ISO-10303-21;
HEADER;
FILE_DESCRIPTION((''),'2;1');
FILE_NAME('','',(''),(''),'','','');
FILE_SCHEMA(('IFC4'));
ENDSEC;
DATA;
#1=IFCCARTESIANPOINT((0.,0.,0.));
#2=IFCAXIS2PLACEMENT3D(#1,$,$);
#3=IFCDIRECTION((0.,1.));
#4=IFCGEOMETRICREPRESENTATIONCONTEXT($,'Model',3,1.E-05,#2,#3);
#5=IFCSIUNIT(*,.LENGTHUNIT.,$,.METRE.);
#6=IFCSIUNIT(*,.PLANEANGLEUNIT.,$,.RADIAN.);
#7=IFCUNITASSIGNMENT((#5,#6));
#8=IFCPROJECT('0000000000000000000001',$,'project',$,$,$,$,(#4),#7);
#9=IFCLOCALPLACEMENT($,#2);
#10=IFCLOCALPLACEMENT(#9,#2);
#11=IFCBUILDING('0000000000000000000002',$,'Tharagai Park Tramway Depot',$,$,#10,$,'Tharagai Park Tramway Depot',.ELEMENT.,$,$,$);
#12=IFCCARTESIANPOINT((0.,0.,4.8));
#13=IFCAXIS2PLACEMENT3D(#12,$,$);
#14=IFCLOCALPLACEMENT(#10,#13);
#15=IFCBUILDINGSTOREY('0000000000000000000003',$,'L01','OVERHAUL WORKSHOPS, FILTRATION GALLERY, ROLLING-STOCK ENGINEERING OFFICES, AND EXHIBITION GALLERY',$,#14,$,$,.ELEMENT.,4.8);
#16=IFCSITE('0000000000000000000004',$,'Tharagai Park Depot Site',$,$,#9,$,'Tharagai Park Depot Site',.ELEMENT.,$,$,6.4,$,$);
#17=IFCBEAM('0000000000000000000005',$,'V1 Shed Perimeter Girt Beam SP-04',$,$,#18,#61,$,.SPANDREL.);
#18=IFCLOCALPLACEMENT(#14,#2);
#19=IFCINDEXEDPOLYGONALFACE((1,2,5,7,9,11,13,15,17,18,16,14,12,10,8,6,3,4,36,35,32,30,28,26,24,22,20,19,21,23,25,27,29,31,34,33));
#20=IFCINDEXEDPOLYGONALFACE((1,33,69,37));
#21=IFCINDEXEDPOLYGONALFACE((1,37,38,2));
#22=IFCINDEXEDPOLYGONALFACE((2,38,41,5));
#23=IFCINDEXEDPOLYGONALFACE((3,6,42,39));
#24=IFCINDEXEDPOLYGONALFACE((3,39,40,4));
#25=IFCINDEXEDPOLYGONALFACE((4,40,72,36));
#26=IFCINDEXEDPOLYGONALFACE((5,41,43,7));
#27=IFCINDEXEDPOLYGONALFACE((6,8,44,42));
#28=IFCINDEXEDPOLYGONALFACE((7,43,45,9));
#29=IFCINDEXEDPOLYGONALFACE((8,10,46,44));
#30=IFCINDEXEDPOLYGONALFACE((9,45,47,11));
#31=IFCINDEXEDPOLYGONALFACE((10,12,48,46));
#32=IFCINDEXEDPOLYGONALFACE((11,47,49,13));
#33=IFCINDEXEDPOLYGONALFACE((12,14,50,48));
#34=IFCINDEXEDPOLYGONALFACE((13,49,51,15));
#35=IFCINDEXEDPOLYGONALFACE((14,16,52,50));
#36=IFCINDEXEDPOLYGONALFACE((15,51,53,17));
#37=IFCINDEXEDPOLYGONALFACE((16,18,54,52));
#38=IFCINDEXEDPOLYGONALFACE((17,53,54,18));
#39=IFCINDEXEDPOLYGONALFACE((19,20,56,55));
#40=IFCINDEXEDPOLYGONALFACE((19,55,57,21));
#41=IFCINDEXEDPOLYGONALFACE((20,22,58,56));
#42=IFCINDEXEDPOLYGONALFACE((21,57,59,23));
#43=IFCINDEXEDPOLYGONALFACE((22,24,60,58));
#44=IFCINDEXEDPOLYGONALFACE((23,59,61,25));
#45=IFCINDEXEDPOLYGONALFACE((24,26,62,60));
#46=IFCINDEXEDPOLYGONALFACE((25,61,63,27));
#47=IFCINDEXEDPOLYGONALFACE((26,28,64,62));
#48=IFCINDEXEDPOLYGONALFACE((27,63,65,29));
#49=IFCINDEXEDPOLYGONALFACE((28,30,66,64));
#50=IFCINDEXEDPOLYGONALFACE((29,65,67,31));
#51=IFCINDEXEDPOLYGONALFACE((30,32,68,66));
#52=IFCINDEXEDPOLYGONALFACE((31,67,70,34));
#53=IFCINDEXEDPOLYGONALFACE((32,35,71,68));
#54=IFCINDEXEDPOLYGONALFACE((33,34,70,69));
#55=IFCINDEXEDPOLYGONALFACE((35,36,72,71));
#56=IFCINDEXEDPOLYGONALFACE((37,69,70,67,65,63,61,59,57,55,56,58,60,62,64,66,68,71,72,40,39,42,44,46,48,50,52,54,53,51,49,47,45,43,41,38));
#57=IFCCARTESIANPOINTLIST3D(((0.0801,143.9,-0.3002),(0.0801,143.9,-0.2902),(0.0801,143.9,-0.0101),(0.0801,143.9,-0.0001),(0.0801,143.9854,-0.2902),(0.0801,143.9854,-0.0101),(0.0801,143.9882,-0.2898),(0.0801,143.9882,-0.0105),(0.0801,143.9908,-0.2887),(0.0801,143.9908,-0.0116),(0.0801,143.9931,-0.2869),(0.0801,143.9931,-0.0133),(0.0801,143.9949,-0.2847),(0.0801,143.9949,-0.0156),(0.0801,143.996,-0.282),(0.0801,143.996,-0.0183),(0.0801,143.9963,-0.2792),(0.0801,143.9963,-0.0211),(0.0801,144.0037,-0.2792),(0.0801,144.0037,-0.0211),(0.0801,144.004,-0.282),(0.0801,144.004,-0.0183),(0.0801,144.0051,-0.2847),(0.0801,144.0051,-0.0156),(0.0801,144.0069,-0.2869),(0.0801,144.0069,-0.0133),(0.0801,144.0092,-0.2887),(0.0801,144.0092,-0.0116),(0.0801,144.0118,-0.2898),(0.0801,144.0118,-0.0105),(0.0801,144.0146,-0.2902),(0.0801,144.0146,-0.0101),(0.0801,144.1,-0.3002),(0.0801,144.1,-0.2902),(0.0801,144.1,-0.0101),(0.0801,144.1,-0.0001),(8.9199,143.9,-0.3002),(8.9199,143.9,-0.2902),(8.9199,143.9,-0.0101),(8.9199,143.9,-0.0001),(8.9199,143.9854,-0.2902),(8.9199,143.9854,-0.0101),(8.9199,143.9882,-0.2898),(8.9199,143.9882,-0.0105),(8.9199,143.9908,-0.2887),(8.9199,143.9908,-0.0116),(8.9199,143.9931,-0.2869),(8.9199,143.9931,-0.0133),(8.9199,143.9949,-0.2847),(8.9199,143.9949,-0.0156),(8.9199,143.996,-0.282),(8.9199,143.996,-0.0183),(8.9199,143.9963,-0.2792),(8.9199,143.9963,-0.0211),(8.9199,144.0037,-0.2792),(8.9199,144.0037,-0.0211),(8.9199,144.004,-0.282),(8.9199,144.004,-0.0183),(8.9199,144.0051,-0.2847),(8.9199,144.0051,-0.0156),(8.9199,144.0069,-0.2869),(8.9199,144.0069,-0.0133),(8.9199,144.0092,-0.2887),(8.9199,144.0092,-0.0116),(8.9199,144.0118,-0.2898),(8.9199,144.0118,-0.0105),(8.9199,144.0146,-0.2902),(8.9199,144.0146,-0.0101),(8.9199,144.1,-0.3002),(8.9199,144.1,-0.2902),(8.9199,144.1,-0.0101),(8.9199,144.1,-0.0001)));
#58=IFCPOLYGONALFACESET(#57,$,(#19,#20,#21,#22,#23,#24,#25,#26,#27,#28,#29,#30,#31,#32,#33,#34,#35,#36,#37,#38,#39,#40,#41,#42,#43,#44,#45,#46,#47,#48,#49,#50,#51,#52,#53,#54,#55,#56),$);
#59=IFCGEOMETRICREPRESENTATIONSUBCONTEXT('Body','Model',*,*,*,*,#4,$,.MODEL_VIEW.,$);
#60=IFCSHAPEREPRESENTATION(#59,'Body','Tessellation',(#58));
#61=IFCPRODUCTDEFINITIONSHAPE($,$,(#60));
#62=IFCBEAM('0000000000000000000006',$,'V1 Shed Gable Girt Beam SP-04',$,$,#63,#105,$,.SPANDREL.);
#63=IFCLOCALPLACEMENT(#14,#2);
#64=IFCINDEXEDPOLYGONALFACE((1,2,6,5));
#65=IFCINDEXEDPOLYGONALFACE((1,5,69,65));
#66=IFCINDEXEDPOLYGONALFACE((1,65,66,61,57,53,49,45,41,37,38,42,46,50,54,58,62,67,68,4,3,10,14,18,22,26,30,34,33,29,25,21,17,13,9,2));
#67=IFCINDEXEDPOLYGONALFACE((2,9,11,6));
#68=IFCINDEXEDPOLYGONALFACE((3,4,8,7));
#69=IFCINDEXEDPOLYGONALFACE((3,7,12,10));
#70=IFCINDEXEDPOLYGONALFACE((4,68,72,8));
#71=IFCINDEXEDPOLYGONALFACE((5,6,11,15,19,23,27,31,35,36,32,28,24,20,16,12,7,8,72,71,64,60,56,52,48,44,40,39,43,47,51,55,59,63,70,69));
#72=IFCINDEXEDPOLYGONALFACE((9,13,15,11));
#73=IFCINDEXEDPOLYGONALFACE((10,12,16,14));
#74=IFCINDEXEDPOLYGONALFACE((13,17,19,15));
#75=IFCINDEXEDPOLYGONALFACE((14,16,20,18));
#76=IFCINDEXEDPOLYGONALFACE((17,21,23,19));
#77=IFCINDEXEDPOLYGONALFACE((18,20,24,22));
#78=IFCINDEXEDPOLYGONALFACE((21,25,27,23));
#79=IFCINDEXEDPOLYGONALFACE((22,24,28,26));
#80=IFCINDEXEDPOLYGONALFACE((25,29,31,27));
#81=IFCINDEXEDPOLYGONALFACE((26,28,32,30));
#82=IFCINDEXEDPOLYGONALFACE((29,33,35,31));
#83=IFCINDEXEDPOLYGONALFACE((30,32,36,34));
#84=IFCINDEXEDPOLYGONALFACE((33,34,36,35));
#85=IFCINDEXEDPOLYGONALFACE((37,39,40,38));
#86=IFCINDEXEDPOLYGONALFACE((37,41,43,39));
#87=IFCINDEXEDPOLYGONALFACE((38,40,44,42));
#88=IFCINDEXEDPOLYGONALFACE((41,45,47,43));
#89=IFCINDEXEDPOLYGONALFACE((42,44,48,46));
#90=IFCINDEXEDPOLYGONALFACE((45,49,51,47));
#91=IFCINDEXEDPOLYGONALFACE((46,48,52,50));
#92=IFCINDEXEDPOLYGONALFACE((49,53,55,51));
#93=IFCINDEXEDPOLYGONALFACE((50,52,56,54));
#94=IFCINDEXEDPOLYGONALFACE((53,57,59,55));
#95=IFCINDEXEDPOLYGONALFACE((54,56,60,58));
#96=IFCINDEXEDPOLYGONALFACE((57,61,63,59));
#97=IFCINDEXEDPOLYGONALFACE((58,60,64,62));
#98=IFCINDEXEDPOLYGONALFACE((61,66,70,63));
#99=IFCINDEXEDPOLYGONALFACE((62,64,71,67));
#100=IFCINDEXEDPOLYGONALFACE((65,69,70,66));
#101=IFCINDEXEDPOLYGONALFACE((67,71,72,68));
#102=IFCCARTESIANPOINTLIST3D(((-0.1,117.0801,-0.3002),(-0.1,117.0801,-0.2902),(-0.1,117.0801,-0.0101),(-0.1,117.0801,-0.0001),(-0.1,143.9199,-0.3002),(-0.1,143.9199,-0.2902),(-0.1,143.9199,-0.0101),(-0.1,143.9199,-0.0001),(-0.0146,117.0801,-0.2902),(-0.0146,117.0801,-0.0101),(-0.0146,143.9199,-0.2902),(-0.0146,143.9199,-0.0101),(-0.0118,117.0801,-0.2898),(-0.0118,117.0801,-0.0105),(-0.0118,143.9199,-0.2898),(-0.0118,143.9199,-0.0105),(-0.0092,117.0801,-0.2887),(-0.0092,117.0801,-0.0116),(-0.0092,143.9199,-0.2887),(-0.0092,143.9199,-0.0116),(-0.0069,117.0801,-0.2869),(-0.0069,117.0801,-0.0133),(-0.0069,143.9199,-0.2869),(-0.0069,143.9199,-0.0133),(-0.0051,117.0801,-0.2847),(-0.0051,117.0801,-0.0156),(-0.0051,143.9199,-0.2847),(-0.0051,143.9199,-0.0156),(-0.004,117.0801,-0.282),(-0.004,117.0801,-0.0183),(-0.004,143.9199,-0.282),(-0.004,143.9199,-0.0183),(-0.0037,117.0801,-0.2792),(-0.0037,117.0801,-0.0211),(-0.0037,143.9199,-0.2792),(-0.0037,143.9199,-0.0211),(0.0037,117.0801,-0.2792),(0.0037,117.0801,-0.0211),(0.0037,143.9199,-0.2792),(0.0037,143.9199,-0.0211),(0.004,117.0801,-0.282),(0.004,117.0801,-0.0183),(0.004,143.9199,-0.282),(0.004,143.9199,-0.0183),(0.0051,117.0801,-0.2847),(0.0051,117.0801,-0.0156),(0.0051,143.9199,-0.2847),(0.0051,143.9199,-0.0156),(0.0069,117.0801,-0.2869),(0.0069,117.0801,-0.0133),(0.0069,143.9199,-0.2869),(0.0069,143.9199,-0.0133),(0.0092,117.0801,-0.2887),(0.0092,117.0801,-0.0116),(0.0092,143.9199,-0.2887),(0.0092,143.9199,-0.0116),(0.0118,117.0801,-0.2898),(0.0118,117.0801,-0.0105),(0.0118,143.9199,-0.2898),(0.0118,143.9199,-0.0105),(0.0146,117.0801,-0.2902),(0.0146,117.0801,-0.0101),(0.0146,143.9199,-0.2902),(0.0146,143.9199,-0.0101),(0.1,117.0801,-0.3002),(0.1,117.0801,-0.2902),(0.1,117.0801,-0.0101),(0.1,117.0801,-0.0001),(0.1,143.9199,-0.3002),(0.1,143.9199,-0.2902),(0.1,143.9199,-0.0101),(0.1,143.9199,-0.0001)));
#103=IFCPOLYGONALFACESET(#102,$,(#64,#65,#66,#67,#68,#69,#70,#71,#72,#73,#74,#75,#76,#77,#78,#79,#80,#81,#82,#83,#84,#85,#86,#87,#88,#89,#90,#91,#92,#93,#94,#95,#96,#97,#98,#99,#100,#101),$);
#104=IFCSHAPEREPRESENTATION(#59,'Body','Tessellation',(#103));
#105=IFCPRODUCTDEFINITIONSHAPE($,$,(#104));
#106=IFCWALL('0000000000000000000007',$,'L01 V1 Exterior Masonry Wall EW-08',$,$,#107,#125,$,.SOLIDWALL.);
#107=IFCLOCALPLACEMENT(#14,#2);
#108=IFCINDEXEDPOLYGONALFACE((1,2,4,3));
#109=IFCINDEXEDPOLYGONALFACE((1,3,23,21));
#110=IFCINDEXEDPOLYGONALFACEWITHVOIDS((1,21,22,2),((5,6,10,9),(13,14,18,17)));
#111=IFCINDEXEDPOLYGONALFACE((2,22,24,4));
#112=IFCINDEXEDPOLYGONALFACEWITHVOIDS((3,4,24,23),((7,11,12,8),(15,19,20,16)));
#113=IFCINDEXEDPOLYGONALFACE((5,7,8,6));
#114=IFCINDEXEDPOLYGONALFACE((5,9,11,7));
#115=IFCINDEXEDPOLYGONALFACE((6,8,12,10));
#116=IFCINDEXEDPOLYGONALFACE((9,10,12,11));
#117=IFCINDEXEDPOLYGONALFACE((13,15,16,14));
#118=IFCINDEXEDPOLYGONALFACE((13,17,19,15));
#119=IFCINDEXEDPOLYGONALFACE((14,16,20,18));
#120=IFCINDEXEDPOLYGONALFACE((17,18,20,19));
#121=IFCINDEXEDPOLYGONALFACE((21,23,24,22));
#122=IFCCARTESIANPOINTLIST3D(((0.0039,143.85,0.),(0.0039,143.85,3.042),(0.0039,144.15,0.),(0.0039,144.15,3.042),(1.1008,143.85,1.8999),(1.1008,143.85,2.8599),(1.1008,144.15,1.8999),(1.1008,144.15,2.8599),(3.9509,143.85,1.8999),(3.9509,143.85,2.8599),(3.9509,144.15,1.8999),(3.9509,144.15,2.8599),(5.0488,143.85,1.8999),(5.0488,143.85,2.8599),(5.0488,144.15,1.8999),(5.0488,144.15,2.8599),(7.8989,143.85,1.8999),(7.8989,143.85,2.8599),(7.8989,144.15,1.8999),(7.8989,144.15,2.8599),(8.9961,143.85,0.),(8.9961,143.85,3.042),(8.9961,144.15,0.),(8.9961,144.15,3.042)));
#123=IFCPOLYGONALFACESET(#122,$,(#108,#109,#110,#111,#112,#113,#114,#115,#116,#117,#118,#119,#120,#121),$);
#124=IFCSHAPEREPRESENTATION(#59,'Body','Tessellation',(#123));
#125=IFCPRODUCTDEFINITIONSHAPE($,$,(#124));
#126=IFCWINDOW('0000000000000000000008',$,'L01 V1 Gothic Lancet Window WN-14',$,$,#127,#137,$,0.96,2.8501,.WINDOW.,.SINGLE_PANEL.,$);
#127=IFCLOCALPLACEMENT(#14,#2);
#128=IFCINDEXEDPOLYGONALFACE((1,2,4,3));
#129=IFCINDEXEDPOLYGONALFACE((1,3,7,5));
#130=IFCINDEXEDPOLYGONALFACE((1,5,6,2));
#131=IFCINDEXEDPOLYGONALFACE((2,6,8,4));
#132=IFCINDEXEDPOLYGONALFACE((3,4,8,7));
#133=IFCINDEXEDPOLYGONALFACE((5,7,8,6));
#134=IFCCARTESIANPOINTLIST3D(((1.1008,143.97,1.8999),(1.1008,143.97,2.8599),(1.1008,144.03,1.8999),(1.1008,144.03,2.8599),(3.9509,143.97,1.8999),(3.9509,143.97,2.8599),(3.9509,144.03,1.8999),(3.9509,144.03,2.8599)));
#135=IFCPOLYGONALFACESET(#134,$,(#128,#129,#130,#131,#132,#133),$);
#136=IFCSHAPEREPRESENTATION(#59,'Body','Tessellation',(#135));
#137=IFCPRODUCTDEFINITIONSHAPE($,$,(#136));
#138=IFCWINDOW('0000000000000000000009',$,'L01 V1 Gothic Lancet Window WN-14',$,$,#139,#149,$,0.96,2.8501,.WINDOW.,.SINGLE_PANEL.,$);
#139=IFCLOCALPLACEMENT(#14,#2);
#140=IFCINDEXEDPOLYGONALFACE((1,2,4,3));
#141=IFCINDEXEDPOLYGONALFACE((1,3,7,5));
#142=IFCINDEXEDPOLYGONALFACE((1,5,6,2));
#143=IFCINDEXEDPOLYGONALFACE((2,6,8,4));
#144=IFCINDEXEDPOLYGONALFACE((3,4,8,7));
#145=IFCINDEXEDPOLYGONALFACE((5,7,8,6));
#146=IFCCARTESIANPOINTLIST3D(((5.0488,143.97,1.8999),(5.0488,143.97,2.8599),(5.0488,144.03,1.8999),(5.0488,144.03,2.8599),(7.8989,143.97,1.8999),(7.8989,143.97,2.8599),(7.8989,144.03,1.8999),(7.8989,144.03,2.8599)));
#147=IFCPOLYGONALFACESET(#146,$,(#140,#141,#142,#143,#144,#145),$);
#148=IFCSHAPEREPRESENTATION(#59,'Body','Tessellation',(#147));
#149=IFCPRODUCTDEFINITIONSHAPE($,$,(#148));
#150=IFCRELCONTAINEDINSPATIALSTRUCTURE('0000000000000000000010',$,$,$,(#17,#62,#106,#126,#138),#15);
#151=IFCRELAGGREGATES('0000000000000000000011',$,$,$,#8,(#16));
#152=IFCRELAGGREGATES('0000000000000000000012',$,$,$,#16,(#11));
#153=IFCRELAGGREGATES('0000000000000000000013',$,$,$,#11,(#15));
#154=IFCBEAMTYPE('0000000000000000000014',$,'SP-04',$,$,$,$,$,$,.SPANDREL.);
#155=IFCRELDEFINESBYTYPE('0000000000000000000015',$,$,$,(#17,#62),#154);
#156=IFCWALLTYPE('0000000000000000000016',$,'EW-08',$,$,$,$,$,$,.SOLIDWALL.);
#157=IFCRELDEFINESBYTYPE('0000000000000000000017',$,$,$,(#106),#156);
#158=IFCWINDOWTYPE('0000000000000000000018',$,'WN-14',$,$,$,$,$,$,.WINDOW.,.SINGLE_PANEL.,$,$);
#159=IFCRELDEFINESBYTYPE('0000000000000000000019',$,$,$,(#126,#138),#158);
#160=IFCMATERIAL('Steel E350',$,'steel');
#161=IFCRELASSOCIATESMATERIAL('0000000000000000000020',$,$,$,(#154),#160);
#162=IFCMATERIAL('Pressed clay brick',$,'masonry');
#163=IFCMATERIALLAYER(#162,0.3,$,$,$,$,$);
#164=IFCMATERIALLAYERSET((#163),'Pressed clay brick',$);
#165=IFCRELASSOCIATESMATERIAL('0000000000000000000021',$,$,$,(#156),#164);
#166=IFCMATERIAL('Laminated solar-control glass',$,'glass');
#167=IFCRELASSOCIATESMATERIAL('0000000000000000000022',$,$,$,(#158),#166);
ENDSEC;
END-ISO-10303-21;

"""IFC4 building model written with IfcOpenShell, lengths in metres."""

from ifc_helpers import new_model, si_unit, direction, frame, frame_2d, origin, origin_2d, place, context, subcontext, project, spatial, rectangle, i_section, extrude, material, layer, layer_set, material_profile, profile_set, type_object, element, fill, save


model = new_model("IFC4")

# Units and contexts
model_context = context("Model", 3, precision=1e-05, world=origin(), true_north=direction((0.0, 1.0)))
body_context = subcontext(model_context, "Body", "Model", "MODEL_VIEW")
ifc_project = project(units=[si_unit("LENGTHUNIT", "METRE"), si_unit("PLANEANGLEUNIT", "RADIAN")], contexts=[model_context])

# Site, building, storey
site_placement = place(None, origin())
site = spatial("IfcSite", under=ifc_project, at=site_placement, Name="Tharagai Park Depot Site", LongName="Tharagai Park Depot Site", CompositionType="ELEMENT", RefElevation=6.4)
building_placement = place(site_placement, origin())
building = spatial("IfcBuilding", under=site, at=building_placement, Name="Tharagai Park Tramway Depot", LongName="Tharagai Park Tramway Depot", CompositionType="ELEMENT")
storey_placement = place(building_placement, frame((0.0, 0.0, 4.8)))
storey = spatial("IfcBuildingStorey", under=building, at=storey_placement, Name="L01", Description="OVERHAUL WORKSHOPS, FILTRATION GALLERY, ROLLING-STOCK ENGINEERING OFFICES, AND EXHIBITION GALLERY", CompositionType="ELEMENT", Elevation=4.8)

# Shared definitions
ifc_material_1 = material(Name="Steel E350", Category="steel")

# Beams
ifc_material_profile_1 = material_profile(ifc_material_1, i_section(OverallWidth=0.2, OverallDepth=0.3, WebThickness=0.0073, FlangeThickness=0.01, FilletRadius=0.011, at=origin_2d()), Name="ISWB 300")
ifc_profile_set_1 = profile_set([ifc_material_profile_1], Name="Steel E350")
beam_type = type_object("IfcBeamType", Name="SP-04", PredefinedType="SPANDREL", material=ifc_profile_set_1)
beam_1_placement = place(storey_placement, frame((0.0801, 144.0, -0.1501), z_axis=(1.0, 0.0, 0.0), x_axis=(0.0, 1.0, 0.0)))
element("IfcBeam", 1, at=beam_1_placement, inside=storey, type_object=beam_type, Name="V1 Shed Perimeter Girt Beam SP-04", PredefinedType="SPANDREL", context=body_context, shape_type="SweptSolid", body=[
    extrude(i_section(OverallWidth=0.2, OverallDepth=0.3, WebThickness=0.0073, FlangeThickness=0.01, FilletRadius=0.011, at=origin_2d()), origin(), (0.0, 0.0, 1.0), 8.8398),
])
beam_2_placement = place(storey_placement, frame((0.0, 117.0801, -0.1501), z_axis=(0.0, 1.0, 0.0), x_axis=(-1.0, 0.0, 0.0)))
element("IfcBeam", 2, at=beam_2_placement, inside=storey, type_object=beam_type, Name="V1 Shed Gable Girt Beam SP-04", PredefinedType="SPANDREL", context=body_context, shape_type="SweptSolid", body=[
    extrude(i_section(OverallWidth=0.2, OverallDepth=0.3, WebThickness=0.0073, FlangeThickness=0.01, FilletRadius=0.011, at=origin_2d()), origin(), (0.0, 0.0, 1.0), 26.8398),
])

# Wall, openings, windows
ifc_material_2 = material(Name="Pressed clay brick", Category="masonry")
ifc_layer = layer(ifc_material_2, 0.3)
ifc_layer_set = layer_set([ifc_layer], Name="Pressed clay brick")
wall_type = type_object("IfcWallType", Name="EW-08", PredefinedType="SOLIDWALL", material=ifc_layer_set)
wall_1_placement = place(storey_placement, frame((0.0039, 144.0, 0.0), z_axis=(0.0, 0.0, 1.0), x_axis=(1.0, 0.0, 0.0)))
wall_1 = element("IfcWall", 3, at=wall_1_placement, inside=storey, type_object=wall_type, Name="L01 V1 Exterior Masonry Wall EW-08", PredefinedType="SOLIDWALL", context=body_context, shape_type="SweptSolid", body=[
    extrude(rectangle(XDim=8.9922, YDim=0.3, at=frame_2d((4.4961, 0.0))), origin(), (0.0, 0.0, 1.0), 3.042),
])
opening_1_placement = place(wall_1_placement, frame((1.0969, 0.0, 1.8999)))
opening_1 = element("IfcOpeningElement", 4, at=opening_1_placement, cuts=wall_1, PredefinedType="OPENING", context=body_context, shape_type="SweptSolid", body=[
    extrude(rectangle(XDim=2.8501, YDim=0.96, at=frame_2d((1.425, 0.48))), frame((0.0, 0.1599, 0.0), z_axis=(0.0, -1.0, 0.0), x_axis=(1.0, 0.0, 0.0)), (0.0, 0.0, 1.0), 0.3201),
])
opening_2_placement = place(wall_1_placement, frame((5.0449, 0.0, 1.8999)))
opening_2 = element("IfcOpeningElement", 5, at=opening_2_placement, cuts=wall_1, PredefinedType="OPENING", context=body_context, shape_type="SweptSolid", body=[
    extrude(rectangle(XDim=2.8501, YDim=0.96, at=frame_2d((1.425, 0.48))), frame((0.0, 0.1599, 0.0), z_axis=(0.0, -1.0, 0.0), x_axis=(1.0, 0.0, 0.0)), (0.0, 0.0, 1.0), 0.3201),
])
ifc_material_3 = material(Name="Laminated solar-control glass", Category="glass")
window_type_1 = type_object("IfcWindowType", Name="WN-14", PartitioningType="SINGLE_PANEL", PredefinedType="WINDOW", material=ifc_material_3)
window_1_placement = place(opening_1_placement, origin())
window_1 = element("IfcWindow", 6, at=window_1_placement, inside=storey, type_object=window_type_1, Name="L01 V1 Gothic Lancet Window WN-14", OverallHeight=0.96, OverallWidth=2.8501, PartitioningType="SINGLE_PANEL", PredefinedType="WINDOW", context=body_context, shape_type="SweptSolid", body=[
    extrude(rectangle(XDim=2.8501, YDim=0.96, at=frame_2d((1.425, 0.48))), frame((0.0, 0.03, 0.0), z_axis=(0.0, -1.0, 0.0), x_axis=(1.0, 0.0, 0.0)), (0.0, 0.0, 1.0), 0.0601),
])
fill(opening_1, window_1)
window_2_placement = place(opening_2_placement, origin())
window_2 = element("IfcWindow", 7, at=window_2_placement, inside=storey, type_object=window_type_1, Name="L01 V1 Gothic Lancet Window WN-14", OverallHeight=0.96, OverallWidth=2.8501, PartitioningType="SINGLE_PANEL", PredefinedType="WINDOW", context=body_context, shape_type="SweptSolid", body=[
    extrude(rectangle(XDim=2.8501, YDim=0.96, at=frame_2d((1.425, 0.48))), frame((0.0, 0.03, 0.0), z_axis=(0.0, -1.0, 0.0), x_axis=(1.0, 0.0, 0.0)), (0.0, 0.0, 1.0), 0.0601),
])
fill(opening_2, window_2)

save(model, "model.ifc")
